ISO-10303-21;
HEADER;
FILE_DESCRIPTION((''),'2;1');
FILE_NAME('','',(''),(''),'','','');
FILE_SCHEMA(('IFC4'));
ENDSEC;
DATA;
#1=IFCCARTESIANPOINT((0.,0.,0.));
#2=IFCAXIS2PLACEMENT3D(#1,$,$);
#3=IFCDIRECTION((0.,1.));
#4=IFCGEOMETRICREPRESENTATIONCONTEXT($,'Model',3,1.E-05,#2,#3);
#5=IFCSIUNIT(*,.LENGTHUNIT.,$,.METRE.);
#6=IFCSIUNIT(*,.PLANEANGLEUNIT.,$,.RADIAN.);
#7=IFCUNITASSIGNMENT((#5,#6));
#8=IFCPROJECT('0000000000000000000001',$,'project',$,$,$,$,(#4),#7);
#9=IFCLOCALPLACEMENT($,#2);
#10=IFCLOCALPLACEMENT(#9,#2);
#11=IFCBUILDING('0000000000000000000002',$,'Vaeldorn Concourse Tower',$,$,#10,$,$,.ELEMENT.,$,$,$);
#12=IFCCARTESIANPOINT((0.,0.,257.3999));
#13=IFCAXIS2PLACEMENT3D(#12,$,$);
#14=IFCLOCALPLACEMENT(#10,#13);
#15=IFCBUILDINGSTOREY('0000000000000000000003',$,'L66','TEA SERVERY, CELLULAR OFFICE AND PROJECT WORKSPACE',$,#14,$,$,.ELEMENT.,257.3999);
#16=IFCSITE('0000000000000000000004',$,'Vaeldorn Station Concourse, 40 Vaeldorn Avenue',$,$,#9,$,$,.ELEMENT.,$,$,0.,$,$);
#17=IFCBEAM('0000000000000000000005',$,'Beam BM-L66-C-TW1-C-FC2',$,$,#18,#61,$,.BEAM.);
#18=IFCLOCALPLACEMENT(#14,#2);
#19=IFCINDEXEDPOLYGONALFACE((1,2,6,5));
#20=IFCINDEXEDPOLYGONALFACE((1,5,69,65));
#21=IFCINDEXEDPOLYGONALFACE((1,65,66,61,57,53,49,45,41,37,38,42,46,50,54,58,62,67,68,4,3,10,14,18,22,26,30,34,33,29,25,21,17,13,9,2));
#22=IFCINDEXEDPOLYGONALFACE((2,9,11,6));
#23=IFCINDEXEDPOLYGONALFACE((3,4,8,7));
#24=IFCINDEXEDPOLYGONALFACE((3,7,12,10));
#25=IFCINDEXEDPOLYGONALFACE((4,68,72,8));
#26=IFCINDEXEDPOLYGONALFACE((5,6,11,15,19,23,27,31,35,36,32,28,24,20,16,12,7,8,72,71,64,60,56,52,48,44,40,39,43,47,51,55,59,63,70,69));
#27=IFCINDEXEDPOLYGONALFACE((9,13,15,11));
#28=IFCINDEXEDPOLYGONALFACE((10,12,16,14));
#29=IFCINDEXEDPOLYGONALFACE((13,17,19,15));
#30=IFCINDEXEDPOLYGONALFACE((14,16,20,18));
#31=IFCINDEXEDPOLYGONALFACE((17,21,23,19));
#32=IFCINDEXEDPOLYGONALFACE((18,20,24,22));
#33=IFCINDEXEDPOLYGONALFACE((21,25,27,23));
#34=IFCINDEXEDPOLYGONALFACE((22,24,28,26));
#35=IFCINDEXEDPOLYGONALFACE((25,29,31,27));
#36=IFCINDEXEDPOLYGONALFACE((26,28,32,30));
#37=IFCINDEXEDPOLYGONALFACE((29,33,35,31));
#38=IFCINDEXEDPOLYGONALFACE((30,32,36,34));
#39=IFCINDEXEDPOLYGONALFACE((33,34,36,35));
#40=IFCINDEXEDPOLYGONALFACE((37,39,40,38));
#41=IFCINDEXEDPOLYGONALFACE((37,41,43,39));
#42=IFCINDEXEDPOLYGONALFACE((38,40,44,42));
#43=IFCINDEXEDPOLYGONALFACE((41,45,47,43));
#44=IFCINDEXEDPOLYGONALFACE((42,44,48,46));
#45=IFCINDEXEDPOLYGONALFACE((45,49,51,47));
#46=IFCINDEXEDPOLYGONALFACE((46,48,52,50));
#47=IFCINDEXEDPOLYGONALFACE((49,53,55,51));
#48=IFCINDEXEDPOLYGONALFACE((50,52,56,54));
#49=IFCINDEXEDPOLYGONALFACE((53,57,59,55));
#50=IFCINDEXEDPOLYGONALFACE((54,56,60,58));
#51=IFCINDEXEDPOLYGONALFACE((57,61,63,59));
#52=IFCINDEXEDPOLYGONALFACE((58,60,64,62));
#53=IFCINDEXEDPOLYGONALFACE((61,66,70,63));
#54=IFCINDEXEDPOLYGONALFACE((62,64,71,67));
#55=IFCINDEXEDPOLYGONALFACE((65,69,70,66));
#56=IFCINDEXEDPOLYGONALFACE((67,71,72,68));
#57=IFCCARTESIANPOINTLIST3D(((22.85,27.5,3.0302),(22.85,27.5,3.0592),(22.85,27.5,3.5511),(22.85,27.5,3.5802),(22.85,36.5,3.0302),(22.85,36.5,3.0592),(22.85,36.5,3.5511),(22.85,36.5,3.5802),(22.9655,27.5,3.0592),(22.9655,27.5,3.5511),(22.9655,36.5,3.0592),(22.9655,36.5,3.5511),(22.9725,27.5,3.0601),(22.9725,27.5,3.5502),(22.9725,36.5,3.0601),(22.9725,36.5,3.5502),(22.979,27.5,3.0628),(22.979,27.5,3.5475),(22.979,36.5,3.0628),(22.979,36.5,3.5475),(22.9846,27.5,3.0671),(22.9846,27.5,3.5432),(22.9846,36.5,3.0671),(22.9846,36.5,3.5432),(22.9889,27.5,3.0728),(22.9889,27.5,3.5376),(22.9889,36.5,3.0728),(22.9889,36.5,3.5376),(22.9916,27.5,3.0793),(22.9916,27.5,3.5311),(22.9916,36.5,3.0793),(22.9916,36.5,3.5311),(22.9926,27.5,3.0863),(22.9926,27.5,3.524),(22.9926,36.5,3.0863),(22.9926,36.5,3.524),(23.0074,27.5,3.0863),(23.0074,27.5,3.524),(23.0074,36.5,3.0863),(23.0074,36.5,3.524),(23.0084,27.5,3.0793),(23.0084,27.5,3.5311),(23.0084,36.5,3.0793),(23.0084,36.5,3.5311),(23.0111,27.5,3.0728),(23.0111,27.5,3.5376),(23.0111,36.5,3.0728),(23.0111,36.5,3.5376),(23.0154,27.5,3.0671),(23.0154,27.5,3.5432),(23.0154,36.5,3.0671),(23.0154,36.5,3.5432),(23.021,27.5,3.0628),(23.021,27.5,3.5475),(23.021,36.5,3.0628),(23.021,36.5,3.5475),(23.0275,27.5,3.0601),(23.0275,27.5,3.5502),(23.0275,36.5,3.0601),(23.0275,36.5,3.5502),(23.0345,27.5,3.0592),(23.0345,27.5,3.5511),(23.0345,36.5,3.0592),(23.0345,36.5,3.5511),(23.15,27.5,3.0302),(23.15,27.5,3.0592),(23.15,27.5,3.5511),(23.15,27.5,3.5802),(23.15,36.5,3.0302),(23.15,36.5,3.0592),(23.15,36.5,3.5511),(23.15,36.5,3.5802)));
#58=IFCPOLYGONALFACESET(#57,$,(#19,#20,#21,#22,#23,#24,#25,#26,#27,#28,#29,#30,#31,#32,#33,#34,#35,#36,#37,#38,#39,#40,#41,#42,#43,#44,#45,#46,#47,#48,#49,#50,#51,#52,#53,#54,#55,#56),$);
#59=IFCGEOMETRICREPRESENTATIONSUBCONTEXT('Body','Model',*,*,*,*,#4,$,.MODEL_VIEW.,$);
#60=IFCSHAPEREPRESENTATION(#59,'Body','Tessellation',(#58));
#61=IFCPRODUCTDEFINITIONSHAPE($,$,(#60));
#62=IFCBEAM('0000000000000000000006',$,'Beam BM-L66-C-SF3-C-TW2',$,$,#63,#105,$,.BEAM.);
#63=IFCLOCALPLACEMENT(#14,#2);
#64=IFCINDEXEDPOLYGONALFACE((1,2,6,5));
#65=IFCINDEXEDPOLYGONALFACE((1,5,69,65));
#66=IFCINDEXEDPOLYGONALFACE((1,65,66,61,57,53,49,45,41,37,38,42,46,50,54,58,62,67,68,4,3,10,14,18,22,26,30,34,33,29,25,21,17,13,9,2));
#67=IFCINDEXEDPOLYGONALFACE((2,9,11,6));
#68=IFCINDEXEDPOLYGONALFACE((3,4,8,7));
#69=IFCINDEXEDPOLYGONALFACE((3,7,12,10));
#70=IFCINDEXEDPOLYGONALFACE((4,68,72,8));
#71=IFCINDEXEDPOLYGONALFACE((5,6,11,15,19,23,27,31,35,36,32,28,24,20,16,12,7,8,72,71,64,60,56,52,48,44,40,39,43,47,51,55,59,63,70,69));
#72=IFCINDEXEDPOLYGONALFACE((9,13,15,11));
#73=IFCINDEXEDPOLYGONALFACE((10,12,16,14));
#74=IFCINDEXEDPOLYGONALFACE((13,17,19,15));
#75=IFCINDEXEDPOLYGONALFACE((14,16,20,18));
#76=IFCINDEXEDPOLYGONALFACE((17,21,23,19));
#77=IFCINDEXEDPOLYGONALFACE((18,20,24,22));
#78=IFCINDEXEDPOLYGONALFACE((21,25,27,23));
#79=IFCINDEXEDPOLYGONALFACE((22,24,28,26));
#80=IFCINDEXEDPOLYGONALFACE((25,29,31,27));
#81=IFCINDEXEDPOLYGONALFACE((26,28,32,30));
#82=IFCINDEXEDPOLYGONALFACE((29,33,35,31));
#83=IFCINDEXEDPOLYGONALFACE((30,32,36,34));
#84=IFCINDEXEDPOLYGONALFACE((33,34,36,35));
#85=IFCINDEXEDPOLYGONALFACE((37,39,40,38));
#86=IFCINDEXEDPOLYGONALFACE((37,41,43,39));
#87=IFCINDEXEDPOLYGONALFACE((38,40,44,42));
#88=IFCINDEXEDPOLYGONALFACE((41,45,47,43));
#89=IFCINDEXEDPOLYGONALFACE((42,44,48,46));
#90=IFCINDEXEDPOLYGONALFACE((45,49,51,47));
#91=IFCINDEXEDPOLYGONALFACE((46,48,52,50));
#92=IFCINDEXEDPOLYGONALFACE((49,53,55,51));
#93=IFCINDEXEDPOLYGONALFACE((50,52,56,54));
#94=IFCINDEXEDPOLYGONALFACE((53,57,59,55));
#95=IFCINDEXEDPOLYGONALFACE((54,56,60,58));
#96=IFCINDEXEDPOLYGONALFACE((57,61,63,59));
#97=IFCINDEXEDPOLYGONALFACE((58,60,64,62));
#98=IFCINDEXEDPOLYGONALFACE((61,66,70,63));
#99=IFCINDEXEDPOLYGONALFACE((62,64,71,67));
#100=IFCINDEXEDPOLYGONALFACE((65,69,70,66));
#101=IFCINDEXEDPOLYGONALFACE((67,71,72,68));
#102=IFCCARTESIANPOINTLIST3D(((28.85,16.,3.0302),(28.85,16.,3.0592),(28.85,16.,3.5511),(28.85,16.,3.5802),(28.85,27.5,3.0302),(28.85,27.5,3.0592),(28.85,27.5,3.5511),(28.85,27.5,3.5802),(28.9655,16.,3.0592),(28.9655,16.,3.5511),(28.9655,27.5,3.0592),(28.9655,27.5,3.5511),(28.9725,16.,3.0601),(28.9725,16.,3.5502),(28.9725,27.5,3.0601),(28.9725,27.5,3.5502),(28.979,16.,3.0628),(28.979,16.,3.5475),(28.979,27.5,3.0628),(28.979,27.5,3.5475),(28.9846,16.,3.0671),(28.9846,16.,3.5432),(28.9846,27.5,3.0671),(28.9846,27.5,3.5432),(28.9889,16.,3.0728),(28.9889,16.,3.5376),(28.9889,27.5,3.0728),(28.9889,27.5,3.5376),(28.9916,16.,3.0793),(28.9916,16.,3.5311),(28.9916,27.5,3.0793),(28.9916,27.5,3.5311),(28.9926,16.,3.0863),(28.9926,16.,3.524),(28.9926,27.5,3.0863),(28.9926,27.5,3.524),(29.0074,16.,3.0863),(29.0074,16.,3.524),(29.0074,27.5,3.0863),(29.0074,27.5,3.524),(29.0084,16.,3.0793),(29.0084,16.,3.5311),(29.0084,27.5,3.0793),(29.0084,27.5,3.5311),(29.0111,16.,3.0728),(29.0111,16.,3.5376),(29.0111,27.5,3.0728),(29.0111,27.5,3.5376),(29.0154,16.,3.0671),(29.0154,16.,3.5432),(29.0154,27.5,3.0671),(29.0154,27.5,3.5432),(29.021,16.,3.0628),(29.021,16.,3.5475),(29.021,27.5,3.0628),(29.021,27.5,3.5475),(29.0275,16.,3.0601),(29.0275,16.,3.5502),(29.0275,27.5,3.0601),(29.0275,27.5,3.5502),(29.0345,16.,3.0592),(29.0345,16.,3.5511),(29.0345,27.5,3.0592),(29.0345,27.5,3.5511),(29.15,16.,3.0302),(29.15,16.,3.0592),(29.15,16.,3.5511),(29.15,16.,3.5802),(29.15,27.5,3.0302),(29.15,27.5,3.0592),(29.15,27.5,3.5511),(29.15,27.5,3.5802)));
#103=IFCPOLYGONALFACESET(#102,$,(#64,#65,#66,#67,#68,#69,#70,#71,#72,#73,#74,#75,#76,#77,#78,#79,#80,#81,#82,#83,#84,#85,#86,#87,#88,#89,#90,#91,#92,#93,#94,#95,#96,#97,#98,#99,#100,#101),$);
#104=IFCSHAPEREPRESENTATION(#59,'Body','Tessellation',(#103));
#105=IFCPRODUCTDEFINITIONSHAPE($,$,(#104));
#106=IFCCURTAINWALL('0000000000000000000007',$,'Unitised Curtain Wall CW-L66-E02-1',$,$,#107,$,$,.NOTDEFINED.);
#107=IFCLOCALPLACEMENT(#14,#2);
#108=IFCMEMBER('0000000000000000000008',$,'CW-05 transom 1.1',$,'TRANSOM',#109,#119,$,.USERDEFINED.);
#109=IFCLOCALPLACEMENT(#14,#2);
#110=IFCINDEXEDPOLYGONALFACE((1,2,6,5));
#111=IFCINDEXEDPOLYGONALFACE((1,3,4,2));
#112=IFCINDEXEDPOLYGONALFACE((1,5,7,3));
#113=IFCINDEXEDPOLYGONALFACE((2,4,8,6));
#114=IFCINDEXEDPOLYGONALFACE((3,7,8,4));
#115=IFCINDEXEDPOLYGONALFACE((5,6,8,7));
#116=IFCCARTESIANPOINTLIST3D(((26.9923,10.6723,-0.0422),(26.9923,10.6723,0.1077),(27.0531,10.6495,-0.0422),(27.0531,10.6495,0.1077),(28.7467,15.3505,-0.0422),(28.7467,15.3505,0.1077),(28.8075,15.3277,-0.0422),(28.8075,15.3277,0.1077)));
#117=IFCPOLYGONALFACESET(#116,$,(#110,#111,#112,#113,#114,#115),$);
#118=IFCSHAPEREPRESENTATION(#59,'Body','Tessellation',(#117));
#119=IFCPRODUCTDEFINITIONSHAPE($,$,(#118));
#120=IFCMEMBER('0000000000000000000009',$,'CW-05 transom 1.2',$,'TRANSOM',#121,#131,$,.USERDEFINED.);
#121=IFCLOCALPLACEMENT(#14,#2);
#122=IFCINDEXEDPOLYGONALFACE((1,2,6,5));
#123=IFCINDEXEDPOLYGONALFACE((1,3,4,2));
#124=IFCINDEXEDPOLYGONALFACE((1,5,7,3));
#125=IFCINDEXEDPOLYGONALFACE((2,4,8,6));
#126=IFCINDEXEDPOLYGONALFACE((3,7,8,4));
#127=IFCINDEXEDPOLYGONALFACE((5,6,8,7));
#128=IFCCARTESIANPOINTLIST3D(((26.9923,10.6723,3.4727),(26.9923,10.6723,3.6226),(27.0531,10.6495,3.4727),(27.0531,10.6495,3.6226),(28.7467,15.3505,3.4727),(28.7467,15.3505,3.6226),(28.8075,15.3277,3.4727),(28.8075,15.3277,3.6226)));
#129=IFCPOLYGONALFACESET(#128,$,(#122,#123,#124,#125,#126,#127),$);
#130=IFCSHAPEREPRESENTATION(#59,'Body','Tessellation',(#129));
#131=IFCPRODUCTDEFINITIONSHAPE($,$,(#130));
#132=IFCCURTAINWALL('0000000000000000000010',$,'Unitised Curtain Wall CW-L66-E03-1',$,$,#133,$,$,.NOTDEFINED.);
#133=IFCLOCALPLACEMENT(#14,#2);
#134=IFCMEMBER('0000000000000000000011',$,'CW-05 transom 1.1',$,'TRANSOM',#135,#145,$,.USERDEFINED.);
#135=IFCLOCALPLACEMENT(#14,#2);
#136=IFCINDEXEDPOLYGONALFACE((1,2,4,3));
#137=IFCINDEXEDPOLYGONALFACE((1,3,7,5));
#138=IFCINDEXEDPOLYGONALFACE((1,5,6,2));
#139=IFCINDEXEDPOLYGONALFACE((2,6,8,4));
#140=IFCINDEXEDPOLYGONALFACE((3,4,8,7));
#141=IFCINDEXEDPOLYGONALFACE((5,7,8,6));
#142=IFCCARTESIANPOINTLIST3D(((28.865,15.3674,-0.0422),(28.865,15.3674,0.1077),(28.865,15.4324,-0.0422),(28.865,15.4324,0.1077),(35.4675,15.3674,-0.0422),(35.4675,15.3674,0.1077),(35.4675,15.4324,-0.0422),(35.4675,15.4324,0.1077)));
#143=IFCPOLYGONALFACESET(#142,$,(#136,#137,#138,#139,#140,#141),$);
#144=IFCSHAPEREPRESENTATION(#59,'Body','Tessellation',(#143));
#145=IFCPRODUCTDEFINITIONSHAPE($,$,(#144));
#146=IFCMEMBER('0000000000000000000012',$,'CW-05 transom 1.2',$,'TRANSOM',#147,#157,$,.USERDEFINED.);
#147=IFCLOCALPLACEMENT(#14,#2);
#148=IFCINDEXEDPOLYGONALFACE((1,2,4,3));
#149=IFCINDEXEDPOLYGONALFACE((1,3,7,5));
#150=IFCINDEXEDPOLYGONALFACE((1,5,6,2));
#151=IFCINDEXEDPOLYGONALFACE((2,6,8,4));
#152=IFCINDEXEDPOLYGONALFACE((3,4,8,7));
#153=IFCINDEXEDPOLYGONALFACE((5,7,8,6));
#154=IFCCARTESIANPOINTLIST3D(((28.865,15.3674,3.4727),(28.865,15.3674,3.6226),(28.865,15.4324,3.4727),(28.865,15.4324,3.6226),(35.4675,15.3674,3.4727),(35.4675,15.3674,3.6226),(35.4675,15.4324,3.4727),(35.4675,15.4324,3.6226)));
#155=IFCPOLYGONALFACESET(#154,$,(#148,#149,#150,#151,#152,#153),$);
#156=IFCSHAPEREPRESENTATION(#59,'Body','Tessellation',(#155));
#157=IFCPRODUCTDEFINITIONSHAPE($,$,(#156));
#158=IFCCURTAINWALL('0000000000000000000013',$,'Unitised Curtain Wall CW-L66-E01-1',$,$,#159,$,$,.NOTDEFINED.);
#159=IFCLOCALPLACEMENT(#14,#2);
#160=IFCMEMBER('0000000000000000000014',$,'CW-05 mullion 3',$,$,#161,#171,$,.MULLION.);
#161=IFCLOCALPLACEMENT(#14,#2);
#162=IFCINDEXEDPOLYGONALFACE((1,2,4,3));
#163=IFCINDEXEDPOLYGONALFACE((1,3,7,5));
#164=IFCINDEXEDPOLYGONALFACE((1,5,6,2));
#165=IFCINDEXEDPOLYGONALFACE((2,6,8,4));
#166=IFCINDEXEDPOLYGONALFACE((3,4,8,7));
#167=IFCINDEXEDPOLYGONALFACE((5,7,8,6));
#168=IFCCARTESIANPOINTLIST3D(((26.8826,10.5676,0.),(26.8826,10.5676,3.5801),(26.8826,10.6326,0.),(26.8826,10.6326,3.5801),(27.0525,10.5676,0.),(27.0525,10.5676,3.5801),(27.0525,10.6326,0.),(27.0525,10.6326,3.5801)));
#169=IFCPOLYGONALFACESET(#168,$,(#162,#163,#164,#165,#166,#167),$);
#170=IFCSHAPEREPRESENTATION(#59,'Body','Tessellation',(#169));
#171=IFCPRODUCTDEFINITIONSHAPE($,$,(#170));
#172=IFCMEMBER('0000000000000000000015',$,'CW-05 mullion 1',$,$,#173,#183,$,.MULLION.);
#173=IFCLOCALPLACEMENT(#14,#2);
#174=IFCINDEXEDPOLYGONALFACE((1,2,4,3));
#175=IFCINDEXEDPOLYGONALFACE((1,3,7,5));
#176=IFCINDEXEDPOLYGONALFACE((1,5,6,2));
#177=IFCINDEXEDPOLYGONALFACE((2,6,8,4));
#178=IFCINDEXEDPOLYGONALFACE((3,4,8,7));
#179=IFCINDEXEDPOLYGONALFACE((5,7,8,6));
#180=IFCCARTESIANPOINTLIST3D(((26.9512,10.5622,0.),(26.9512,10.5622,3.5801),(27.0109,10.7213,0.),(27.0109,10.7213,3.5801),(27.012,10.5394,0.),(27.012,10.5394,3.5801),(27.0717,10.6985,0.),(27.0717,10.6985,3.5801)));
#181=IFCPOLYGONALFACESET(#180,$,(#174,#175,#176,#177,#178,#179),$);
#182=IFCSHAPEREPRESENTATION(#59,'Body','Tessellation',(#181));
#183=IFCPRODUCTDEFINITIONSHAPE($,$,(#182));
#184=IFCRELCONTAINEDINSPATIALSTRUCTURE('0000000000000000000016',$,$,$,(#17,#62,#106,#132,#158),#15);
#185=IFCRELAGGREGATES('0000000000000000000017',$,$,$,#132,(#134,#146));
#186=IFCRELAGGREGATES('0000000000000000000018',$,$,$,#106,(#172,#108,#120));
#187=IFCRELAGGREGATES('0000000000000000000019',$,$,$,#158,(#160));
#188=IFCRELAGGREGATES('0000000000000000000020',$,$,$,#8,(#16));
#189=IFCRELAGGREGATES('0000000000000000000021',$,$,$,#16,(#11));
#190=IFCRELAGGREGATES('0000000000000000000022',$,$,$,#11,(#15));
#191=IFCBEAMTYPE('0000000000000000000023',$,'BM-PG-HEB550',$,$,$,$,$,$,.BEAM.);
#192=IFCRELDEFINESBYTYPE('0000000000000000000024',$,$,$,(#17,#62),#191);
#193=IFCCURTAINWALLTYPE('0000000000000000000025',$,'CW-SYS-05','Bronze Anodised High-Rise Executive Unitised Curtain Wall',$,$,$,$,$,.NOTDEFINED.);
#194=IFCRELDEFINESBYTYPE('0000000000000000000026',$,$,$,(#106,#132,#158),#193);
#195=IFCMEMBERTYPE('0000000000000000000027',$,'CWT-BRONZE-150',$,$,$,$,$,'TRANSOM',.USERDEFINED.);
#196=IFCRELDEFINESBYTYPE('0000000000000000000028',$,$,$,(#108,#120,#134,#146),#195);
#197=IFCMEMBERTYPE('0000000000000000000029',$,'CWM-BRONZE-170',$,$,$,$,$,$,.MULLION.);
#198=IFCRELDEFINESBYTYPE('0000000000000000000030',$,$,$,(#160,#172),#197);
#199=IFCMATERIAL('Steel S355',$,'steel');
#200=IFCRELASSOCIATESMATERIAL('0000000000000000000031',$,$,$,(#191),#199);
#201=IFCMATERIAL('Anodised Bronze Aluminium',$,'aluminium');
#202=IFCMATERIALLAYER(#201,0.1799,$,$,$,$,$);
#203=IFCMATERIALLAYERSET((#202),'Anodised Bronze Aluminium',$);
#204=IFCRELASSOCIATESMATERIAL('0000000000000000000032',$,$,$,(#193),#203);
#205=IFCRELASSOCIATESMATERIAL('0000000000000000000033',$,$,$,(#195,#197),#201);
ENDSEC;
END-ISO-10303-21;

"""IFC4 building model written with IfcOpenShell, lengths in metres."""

from ifc_helpers import new_model, si_unit, direction, frame, origin, origin_2d, place, context, subcontext, project, spatial, rectangle, i_section, extrude, source, transform, mapped, material, layer, layer_set, material_profile, profile_set, type_object, element, aggregate, save


model = new_model("IFC4")

# Units and contexts
model_context = context("Model", 3, precision=1e-05, world=origin(), true_north=direction((0.0, 1.0)))
body_context = subcontext(model_context, "Body", "Model", "MODEL_VIEW")
ifc_project = project(units=[si_unit("LENGTHUNIT", "METRE"), si_unit("PLANEANGLEUNIT", "RADIAN")], contexts=[model_context])

# Site, building, storey
site_placement = place(None, origin())
site = spatial("IfcSite", under=ifc_project, at=site_placement, Name="Vaeldorn Station Concourse, 40 Vaeldorn Avenue", CompositionType="ELEMENT", RefElevation=0.0)
building_placement = place(site_placement, origin())
building = spatial("IfcBuilding", under=site, at=building_placement, Name="Vaeldorn Concourse Tower", CompositionType="ELEMENT")
storey_placement = place(building_placement, frame((0.0, 0.0, 257.3999)))
storey = spatial("IfcBuildingStorey", under=building, at=storey_placement, Name="L66", Description="TEA SERVERY, CELLULAR OFFICE AND PROJECT WORKSPACE", CompositionType="ELEMENT", Elevation=257.3999)

# Shared definitions
ifc_material_1 = material(Name="Steel S355", Category="steel")

# Beams
ifc_material_profile_1 = material_profile(ifc_material_1, i_section(OverallWidth=0.3, OverallDepth=0.55, WebThickness=0.0149, FlangeThickness=0.0291, FilletRadius=0.0271, at=origin_2d()), Name="HEB 550")
ifc_profile_set_1 = profile_set([ifc_material_profile_1], Name="Steel S355")
beam_type_1 = type_object("IfcBeamType", Name="BM-PG-HEB550", PredefinedType="BEAM", material=ifc_profile_set_1)
shared_shape_1 = source(origin(), body_context, "Body", "SweptSolid", [
    extrude(i_section(OverallWidth=0.3, OverallDepth=0.55, WebThickness=0.0149, FlangeThickness=0.0291, FilletRadius=0.0271, at=origin_2d()), origin(), (0.0, 0.0, 1.0), 9.0),
])
beam_1_placement = place(storey_placement, frame((23.0, 27.5, 3.3052), z_axis=(0.0, 1.0, 0.0), x_axis=(-1.0, 0.0, 0.0)))
element("IfcBeam", 1, at=beam_1_placement, inside=storey, type_object=beam_type_1, Name="Beam BM-L66-C-TW1-C-FC2", PredefinedType="BEAM", context=body_context, shape_type="MappedRepresentation", body=[
    mapped(shared_shape_1, transform((0.0, 0.0, 0.0), scale=1.0)),
])
shared_shape_2 = source(origin(), body_context, "Body", "SweptSolid", [
    extrude(i_section(OverallWidth=0.3, OverallDepth=0.55, WebThickness=0.0149, FlangeThickness=0.0291, FilletRadius=0.0271, at=origin_2d()), origin(), (0.0, 0.0, 1.0), 11.5),
])
beam_2_placement = place(storey_placement, frame((29.0, 16.0, 3.3052), z_axis=(0.0, 1.0, 0.0), x_axis=(-1.0, 0.0, 0.0)))
element("IfcBeam", 2, at=beam_2_placement, inside=storey, type_object=beam_type_1, Name="Beam BM-L66-C-SF3-C-TW2", PredefinedType="BEAM", context=body_context, shape_type="MappedRepresentation", body=[
    mapped(shared_shape_2, transform((0.0, 0.0, 0.0), scale=1.0)),
])

# Curtain walls, members
ifc_material_2 = material(Name="Anodised Bronze Aluminium", Category="aluminium")
ifc_layer_1 = layer(ifc_material_2, 0.1799)
ifc_layer_set_1 = layer_set([ifc_layer_1], Name="Anodised Bronze Aluminium")
curtain_wall_type = type_object("IfcCurtainWallType", Name="CW-SYS-05", Description="Bronze Anodised High-Rise Executive Unitised Curtain Wall", PredefinedType="NOTDEFINED", material=ifc_layer_set_1)
curtain_wall_1_placement = place(storey_placement, origin())
curtain_wall_1 = element("IfcCurtainWall", 3, at=curtain_wall_1_placement, inside=storey, type_object=curtain_wall_type, Name="Unitised Curtain Wall CW-L66-E02-1", PredefinedType="NOTDEFINED")
ifc_material_profile_2 = material_profile(ifc_material_2, rectangle(XDim=0.0649, YDim=0.1499, at=origin_2d()), Name="CWT 65x150")
ifc_profile_set_2 = profile_set([ifc_material_profile_2], Name="Anodised Bronze Aluminium")
member_type_1 = type_object("IfcMemberType", Name="CWT-BRONZE-150", ElementType="TRANSOM", PredefinedType="USERDEFINED", material=ifc_profile_set_2)
shared_shape_3 = source(origin(), body_context, "Body", "SweptSolid", [
    extrude(rectangle(XDim=0.0649, YDim=0.1499, at=origin_2d()), origin(), (0.0, 0.0, 1.0), 4.9963),
])
member_1_placement = place(storey_placement, frame((27.0227, 10.6609, 0.0327), z_axis=(0.351134, 0.936325, 0.0), x_axis=(-0.936325, 0.351134, 0.0)))
member_1 = element("IfcMember", 4, at=member_1_placement, type_object=member_type_1, Name="CW-05 transom 1.1", ObjectType="TRANSOM", PredefinedType="USERDEFINED", context=body_context, shape_type="MappedRepresentation", body=[
    mapped(shared_shape_3, transform((0.0, 0.0, 0.0), scale=1.0)),
])
member_2_placement = place(storey_placement, frame((27.0227, 10.6609, 3.5476), z_axis=(0.351134, 0.936325, 0.0), x_axis=(-0.936325, 0.351134, 0.0)))
member_2 = element("IfcMember", 5, at=member_2_placement, type_object=member_type_1, Name="CW-05 transom 1.2", ObjectType="TRANSOM", PredefinedType="USERDEFINED", context=body_context, shape_type="MappedRepresentation", body=[
    mapped(shared_shape_3, transform((0.0, 0.0, 0.0), scale=1.0)),
])
curtain_wall_2_placement = place(storey_placement, origin())
curtain_wall_2 = element("IfcCurtainWall", 6, at=curtain_wall_2_placement, inside=storey, type_object=curtain_wall_type, Name="Unitised Curtain Wall CW-L66-E03-1", PredefinedType="NOTDEFINED")
shared_shape_4 = source(origin(), body_context, "Body", "SweptSolid", [
    extrude(rectangle(XDim=0.0649, YDim=0.1499, at=origin_2d()), origin(), (0.0, 0.0, 1.0), 6.6025),
])
member_3_placement = place(storey_placement, frame((28.865, 15.3999, 0.0327), z_axis=(1.0, 0.0, 0.0), x_axis=(0.0, 1.0, 0.0)))
member_3 = element("IfcMember", 7, at=member_3_placement, type_object=member_type_1, Name="CW-05 transom 1.1", ObjectType="TRANSOM", PredefinedType="USERDEFINED", context=body_context, shape_type="MappedRepresentation", body=[
    mapped(shared_shape_4, transform((0.0, 0.0, 0.0), scale=1.0)),
])
member_4_placement = place(storey_placement, frame((28.865, 15.3999, 3.5476), z_axis=(1.0, 0.0, 0.0), x_axis=(0.0, 1.0, 0.0)))
member_4 = element("IfcMember", 8, at=member_4_placement, type_object=member_type_1, Name="CW-05 transom 1.2", ObjectType="TRANSOM", PredefinedType="USERDEFINED", context=body_context, shape_type="MappedRepresentation", body=[
    mapped(shared_shape_4, transform((0.0, 0.0, 0.0), scale=1.0)),
])

# Curtain wall, member
curtain_wall_3_placement = place(storey_placement, origin())
curtain_wall_3 = element("IfcCurtainWall", 9, at=curtain_wall_3_placement, inside=storey, type_object=curtain_wall_type, Name="Unitised Curtain Wall CW-L66-E01-1", PredefinedType="NOTDEFINED")
ifc_material_profile_3 = material_profile(ifc_material_2, rectangle(XDim=0.0649, YDim=0.1699, at=origin_2d()), Name="CWM 65x170")
ifc_profile_set_3 = profile_set([ifc_material_profile_3], Name="Anodised Bronze Aluminium")
member_type_2 = type_object("IfcMemberType", Name="CWM-BRONZE-170", PredefinedType="MULLION", material=ifc_profile_set_3)
shared_shape_5 = source(origin(), body_context, "Body", "SweptSolid", [
    extrude(rectangle(XDim=0.0649, YDim=0.1699, at=origin_2d()), origin(), (0.0, 0.0, 1.0), 3.5801),
])
member_5_placement = place(storey_placement, frame((26.9675, 10.6001, 0.0), z_axis=(0.0, 0.0, 1.0), x_axis=(0.0, 1.0, 0.0)))
member_5 = element("IfcMember", 10, at=member_5_placement, type_object=member_type_2, Name="CW-05 mullion 3", PredefinedType="MULLION", context=body_context, shape_type="MappedRepresentation", body=[
    mapped(shared_shape_5, transform((0.0, 0.0, 0.0), scale=1.0)),
])

# Member
member_6_placement = place(storey_placement, frame((27.0115, 10.6304, 0.0), z_axis=(0.0, 0.0, 1.0), x_axis=(-0.936329, 0.351123, 0.0)))
member_6 = element("IfcMember", 11, at=member_6_placement, type_object=member_type_2, Name="CW-05 mullion 1", PredefinedType="MULLION", context=body_context, shape_type="MappedRepresentation", body=[
    mapped(shared_shape_5, transform((0.0, 0.0, 0.0), scale=1.0)),
])
aggregate(curtain_wall_2, [member_3, member_4])

aggregate(curtain_wall_1, [member_6, member_1, member_2])
aggregate(curtain_wall_3, [member_5])

save(model, "model.ifc")
